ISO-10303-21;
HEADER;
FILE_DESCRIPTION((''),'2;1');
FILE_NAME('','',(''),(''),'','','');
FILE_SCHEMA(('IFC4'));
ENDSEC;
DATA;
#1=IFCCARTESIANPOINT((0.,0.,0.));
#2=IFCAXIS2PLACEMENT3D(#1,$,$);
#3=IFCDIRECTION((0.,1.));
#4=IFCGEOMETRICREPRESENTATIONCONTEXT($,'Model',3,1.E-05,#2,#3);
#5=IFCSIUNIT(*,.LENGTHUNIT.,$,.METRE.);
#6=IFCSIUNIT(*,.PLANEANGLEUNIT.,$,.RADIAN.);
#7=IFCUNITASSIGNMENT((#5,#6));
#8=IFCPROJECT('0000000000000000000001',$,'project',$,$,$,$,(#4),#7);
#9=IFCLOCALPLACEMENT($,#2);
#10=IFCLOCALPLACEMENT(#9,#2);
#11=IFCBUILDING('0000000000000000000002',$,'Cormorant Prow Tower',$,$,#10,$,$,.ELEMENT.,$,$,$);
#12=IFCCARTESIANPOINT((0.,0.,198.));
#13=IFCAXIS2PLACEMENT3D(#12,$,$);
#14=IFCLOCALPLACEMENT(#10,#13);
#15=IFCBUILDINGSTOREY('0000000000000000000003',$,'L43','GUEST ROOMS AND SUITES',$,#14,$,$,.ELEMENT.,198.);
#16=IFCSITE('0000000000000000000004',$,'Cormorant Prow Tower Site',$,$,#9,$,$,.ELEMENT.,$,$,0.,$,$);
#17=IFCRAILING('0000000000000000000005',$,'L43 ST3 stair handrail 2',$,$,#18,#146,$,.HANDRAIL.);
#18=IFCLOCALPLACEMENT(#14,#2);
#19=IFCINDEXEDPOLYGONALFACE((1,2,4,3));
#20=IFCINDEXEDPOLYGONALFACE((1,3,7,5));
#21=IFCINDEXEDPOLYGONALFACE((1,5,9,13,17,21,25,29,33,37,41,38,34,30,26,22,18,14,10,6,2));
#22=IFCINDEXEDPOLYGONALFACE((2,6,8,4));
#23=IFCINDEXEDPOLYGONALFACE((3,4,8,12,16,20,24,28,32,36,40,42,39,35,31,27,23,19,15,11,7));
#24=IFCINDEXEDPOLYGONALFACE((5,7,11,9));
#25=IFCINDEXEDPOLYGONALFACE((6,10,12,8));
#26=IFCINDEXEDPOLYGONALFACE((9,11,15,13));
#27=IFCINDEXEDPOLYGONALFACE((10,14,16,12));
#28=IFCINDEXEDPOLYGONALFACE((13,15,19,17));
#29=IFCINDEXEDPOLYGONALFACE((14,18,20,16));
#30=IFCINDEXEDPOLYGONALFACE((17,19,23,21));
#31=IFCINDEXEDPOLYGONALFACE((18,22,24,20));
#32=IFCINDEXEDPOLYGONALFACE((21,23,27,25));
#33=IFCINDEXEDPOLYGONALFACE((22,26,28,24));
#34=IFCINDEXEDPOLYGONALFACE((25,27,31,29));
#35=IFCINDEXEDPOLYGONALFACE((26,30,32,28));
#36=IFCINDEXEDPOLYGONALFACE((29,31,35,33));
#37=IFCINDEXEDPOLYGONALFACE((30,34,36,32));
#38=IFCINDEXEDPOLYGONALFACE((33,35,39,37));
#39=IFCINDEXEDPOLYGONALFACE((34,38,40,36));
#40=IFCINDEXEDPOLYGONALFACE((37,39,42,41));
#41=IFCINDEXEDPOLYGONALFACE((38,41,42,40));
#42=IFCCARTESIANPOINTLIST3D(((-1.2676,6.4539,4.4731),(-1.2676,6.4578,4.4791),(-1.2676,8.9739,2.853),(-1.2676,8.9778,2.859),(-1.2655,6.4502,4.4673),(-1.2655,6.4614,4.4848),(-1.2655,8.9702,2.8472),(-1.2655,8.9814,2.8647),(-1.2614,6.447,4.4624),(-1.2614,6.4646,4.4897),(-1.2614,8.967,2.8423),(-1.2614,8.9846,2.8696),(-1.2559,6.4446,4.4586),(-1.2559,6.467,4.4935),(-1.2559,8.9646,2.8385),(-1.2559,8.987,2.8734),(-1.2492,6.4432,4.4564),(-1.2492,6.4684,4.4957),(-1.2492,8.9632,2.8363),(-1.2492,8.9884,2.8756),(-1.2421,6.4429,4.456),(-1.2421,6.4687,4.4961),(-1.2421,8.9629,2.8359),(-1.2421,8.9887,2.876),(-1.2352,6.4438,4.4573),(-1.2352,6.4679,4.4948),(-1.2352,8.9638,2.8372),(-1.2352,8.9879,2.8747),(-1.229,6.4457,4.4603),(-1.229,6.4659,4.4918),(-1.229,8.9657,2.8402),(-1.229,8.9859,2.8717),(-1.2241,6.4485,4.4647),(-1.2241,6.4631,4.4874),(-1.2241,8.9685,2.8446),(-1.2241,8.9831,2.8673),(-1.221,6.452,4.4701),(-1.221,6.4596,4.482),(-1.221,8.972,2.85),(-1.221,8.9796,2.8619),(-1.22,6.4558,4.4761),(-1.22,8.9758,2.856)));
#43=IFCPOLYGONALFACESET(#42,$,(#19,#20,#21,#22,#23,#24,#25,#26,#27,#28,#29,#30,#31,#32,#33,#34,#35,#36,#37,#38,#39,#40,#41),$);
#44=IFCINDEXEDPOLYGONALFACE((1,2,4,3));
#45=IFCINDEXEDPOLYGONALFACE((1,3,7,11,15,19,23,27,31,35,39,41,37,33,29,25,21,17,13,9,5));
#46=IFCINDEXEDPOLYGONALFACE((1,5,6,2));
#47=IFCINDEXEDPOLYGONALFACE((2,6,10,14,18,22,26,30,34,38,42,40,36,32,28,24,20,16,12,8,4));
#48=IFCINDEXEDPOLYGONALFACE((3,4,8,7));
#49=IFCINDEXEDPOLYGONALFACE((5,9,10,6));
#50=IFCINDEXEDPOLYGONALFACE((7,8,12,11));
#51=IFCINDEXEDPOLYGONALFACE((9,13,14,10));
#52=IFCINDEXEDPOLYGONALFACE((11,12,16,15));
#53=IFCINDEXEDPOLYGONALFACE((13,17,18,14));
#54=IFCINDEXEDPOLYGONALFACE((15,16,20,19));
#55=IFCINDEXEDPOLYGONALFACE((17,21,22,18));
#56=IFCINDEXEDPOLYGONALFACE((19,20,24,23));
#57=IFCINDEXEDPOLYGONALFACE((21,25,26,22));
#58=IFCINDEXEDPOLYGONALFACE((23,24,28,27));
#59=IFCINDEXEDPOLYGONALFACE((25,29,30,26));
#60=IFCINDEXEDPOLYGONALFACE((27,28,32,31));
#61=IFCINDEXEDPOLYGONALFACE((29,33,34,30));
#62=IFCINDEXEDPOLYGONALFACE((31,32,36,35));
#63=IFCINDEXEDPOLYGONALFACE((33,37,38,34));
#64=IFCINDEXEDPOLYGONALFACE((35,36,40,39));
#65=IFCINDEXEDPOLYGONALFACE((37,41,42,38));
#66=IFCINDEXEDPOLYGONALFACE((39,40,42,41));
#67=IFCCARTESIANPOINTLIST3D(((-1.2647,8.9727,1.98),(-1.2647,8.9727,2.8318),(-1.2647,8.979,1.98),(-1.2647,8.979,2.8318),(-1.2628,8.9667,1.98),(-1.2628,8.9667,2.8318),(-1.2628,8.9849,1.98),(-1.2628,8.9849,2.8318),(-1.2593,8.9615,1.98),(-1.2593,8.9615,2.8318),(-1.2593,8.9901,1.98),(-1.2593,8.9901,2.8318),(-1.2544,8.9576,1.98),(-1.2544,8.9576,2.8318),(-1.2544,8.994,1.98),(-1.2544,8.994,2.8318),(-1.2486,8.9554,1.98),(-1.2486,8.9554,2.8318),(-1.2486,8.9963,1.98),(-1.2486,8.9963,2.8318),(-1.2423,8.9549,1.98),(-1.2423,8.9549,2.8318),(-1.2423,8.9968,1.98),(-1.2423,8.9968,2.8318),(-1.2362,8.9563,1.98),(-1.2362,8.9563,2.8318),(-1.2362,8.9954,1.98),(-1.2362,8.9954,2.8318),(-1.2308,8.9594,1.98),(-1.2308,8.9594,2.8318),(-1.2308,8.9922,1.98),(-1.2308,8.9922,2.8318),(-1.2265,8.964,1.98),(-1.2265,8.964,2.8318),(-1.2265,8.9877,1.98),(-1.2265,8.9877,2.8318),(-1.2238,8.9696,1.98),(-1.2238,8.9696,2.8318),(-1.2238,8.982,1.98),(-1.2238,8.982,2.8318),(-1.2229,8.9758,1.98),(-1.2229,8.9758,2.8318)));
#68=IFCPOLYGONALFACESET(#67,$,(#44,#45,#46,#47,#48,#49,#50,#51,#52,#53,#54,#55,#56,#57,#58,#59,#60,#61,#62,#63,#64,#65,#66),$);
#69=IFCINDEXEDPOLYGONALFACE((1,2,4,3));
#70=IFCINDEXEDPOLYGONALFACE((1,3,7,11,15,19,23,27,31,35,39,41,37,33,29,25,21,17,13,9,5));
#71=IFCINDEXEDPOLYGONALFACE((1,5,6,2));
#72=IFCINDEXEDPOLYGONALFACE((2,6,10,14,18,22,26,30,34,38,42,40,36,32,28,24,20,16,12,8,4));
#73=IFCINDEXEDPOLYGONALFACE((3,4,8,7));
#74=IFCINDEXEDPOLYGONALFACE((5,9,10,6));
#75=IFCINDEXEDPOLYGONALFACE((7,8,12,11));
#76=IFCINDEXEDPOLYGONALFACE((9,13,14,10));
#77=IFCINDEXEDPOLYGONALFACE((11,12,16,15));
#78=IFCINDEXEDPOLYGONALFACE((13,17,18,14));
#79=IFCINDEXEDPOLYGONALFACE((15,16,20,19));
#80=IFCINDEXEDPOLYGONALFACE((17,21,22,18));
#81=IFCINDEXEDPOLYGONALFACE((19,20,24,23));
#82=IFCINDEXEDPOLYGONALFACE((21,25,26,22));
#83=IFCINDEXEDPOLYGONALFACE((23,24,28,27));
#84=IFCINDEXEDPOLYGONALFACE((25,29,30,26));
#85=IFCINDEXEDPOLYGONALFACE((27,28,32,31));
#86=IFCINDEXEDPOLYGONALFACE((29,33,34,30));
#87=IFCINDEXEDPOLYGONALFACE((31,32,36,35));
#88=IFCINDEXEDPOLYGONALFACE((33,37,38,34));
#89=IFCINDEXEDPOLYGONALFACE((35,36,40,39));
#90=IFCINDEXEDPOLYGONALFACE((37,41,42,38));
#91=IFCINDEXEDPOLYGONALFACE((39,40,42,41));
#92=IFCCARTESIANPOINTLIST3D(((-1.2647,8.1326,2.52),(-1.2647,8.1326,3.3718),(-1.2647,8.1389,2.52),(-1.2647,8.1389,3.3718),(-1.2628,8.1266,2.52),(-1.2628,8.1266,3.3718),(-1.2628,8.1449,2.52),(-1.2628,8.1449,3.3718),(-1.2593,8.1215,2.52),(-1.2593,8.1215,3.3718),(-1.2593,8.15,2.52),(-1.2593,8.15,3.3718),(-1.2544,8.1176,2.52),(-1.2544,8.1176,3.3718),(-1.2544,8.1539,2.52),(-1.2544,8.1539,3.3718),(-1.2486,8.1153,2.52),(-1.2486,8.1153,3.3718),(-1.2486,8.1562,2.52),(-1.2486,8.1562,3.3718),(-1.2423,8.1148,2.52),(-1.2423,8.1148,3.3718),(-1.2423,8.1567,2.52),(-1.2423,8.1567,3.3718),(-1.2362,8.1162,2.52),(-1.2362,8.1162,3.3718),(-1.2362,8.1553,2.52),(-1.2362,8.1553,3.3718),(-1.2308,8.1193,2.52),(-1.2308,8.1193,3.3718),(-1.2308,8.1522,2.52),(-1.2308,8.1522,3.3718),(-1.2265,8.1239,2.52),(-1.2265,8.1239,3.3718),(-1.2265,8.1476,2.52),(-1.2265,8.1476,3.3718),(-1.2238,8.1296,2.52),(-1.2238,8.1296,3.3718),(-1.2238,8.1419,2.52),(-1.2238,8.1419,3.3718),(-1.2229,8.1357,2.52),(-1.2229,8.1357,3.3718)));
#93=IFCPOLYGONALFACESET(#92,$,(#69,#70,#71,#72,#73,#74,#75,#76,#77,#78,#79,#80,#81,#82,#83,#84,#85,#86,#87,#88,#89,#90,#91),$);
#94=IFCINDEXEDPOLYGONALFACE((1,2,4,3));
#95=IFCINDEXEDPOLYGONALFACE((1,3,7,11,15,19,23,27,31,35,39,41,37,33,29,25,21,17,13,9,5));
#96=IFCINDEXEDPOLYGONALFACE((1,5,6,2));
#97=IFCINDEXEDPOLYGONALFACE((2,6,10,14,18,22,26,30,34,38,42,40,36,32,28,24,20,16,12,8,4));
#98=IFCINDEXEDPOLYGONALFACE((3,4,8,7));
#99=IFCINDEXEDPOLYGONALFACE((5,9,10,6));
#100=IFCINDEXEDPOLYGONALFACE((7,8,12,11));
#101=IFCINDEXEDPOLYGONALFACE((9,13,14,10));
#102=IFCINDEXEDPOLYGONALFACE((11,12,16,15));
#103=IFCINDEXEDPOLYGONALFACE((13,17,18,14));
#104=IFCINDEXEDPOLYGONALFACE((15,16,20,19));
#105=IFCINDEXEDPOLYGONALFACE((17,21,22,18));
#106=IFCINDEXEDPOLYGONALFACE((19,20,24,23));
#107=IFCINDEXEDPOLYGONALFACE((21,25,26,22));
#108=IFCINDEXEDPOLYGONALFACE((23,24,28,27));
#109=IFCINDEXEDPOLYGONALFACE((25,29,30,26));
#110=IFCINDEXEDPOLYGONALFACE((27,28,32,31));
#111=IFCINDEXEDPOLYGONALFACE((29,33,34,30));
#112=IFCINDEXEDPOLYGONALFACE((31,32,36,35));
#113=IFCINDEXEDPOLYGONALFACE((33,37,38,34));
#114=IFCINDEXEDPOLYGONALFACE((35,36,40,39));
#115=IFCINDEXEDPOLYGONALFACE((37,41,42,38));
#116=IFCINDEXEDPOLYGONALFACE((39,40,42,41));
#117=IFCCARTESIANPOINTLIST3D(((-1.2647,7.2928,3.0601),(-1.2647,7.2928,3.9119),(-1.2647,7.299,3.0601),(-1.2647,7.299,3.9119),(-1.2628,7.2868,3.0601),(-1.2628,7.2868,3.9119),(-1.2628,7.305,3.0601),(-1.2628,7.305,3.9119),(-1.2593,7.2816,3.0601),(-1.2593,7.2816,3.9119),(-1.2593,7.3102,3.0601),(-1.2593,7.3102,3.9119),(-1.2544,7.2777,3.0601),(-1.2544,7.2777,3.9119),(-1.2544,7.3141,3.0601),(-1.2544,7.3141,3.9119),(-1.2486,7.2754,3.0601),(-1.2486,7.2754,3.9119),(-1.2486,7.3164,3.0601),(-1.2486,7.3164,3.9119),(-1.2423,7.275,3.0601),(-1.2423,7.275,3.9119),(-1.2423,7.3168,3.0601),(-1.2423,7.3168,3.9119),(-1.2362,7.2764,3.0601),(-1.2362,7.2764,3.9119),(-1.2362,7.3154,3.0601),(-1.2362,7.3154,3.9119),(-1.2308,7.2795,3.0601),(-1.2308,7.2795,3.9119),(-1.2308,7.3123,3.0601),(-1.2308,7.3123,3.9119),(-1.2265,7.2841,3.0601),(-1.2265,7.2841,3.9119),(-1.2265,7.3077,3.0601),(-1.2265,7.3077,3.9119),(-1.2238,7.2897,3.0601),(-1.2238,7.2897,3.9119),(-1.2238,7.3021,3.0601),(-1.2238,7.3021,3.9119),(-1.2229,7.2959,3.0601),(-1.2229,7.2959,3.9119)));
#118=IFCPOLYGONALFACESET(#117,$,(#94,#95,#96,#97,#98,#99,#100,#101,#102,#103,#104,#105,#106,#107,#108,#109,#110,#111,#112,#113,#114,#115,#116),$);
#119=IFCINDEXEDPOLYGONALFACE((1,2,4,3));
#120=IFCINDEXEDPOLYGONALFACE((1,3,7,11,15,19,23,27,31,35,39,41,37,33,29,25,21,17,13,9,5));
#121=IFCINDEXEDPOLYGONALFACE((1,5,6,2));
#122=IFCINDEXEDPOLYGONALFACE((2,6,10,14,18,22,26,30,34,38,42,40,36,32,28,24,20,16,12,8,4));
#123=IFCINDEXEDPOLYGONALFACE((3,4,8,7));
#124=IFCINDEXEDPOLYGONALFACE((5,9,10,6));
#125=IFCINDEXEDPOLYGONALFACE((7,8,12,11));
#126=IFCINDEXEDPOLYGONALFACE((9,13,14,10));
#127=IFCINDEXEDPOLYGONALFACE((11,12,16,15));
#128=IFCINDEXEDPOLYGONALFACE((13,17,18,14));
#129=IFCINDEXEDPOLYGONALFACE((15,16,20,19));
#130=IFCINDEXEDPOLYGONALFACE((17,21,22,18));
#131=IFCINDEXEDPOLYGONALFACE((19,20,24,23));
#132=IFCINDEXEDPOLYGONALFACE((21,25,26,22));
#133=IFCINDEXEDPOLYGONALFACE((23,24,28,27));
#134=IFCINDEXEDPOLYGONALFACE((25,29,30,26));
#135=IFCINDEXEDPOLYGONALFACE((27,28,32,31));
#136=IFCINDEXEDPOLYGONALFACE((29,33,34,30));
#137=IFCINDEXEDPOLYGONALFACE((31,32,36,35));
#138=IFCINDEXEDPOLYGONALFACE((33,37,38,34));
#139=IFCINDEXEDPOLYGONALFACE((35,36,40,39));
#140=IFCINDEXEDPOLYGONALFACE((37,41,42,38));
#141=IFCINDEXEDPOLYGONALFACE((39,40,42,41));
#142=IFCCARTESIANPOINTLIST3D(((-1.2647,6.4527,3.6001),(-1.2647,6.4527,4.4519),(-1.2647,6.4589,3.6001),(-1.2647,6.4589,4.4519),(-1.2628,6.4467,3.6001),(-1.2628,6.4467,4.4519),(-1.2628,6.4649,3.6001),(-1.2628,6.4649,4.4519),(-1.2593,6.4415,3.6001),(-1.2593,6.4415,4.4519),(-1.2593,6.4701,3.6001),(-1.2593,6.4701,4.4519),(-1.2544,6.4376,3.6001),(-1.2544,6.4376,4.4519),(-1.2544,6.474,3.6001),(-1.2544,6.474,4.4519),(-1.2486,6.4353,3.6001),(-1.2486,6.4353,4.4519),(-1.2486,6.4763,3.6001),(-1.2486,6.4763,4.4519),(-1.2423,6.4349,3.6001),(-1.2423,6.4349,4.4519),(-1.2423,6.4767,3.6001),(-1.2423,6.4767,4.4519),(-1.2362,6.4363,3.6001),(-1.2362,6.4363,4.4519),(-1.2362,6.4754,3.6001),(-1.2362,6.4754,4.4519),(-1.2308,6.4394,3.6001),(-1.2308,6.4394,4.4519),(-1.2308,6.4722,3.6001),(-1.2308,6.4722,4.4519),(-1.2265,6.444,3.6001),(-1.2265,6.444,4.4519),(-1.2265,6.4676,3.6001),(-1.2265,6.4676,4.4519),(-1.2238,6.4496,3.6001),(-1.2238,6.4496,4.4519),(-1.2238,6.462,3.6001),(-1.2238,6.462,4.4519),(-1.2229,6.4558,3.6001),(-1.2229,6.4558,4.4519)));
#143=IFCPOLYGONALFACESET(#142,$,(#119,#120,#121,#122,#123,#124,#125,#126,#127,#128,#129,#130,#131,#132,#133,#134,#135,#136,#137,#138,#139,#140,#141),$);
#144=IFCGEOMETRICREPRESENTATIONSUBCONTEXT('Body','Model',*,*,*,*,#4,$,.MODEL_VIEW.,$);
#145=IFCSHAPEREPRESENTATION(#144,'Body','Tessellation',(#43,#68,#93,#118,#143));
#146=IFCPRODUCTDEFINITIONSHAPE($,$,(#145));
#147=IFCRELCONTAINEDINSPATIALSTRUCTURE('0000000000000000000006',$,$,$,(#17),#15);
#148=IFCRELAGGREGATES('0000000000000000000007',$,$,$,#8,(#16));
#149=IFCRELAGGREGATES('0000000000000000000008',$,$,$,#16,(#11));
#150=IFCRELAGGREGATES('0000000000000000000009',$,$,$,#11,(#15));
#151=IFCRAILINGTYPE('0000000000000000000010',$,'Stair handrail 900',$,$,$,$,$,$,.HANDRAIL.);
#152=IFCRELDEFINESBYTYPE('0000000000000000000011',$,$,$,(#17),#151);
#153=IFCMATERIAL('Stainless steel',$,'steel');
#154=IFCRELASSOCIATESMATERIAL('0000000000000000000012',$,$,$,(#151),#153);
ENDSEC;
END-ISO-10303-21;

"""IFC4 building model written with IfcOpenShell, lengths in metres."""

from ifc_helpers import new_model, si_unit, direction, frame, origin, origin_2d, place, context, subcontext, project, spatial, circle, extrude, material, type_object, element, save


model = new_model("IFC4")

# Units and contexts
model_context = context("Model", 3, precision=1e-05, world=origin(), true_north=direction((0.0, 1.0)))
body_context = subcontext(model_context, "Body", "Model", "MODEL_VIEW")
ifc_project = project(units=[si_unit("LENGTHUNIT", "METRE"), si_unit("PLANEANGLEUNIT", "RADIAN")], contexts=[model_context])

# Site, building, storey
site_placement = place(None, origin())
site = spatial("IfcSite", under=ifc_project, at=site_placement, Name="Cormorant Prow Tower Site", CompositionType="ELEMENT", RefElevation=0.0)
building_placement = place(site_placement, origin())
building = spatial("IfcBuilding", under=site, at=building_placement, Name="Cormorant Prow Tower", CompositionType="ELEMENT")
storey_placement = place(building_placement, frame((0.0, 0.0, 198.0)))
storey = spatial("IfcBuildingStorey", under=building, at=storey_placement, Name="L43", Description="GUEST ROOMS AND SUITES", CompositionType="ELEMENT", Elevation=198.0)

# Railing
ifc_material_1 = material(Name="Stainless steel", Category="steel")
railing_type = type_object("IfcRailingType", Name="Stair handrail 900", PredefinedType="HANDRAIL", material=ifc_material_1)
railing_placement = place(storey_placement, frame((-1.2439, 8.9758, 1.98)))
element("IfcRailing", 1, at=railing_placement, inside=storey, type_object=railing_type, Name="L43 ST3 stair handrail 2", PredefinedType="HANDRAIL", context=body_context, shape_type="SweptSolid", body=[
    extrude(circle(Radius=0.0239, at=origin_2d()), frame((0.0, 0.0, 0.876), z_axis=(0.0, -0.841163, 0.540782), x_axis=(1.0, 0.0, 0.0)), (0.0, 0.0, 1.0), 2.9958),
    extrude(circle(Radius=0.021, at=origin_2d()), origin(), (0.0, 0.0, 1.0), 0.8518),
    extrude(circle(Radius=0.021, at=origin_2d()), frame((0.0, -0.8401, 0.54)), (0.0, 0.0, 1.0), 0.8518),
    extrude(circle(Radius=0.021, at=origin_2d()), frame((0.0, -1.6799, 1.0801)), (0.0, 0.0, 1.0), 0.8518),
    extrude(circle(Radius=0.021, at=origin_2d()), frame((0.0, -2.52, 1.6201)), (0.0, 0.0, 1.0), 0.8518),
])

save(model, "model.ifc")
